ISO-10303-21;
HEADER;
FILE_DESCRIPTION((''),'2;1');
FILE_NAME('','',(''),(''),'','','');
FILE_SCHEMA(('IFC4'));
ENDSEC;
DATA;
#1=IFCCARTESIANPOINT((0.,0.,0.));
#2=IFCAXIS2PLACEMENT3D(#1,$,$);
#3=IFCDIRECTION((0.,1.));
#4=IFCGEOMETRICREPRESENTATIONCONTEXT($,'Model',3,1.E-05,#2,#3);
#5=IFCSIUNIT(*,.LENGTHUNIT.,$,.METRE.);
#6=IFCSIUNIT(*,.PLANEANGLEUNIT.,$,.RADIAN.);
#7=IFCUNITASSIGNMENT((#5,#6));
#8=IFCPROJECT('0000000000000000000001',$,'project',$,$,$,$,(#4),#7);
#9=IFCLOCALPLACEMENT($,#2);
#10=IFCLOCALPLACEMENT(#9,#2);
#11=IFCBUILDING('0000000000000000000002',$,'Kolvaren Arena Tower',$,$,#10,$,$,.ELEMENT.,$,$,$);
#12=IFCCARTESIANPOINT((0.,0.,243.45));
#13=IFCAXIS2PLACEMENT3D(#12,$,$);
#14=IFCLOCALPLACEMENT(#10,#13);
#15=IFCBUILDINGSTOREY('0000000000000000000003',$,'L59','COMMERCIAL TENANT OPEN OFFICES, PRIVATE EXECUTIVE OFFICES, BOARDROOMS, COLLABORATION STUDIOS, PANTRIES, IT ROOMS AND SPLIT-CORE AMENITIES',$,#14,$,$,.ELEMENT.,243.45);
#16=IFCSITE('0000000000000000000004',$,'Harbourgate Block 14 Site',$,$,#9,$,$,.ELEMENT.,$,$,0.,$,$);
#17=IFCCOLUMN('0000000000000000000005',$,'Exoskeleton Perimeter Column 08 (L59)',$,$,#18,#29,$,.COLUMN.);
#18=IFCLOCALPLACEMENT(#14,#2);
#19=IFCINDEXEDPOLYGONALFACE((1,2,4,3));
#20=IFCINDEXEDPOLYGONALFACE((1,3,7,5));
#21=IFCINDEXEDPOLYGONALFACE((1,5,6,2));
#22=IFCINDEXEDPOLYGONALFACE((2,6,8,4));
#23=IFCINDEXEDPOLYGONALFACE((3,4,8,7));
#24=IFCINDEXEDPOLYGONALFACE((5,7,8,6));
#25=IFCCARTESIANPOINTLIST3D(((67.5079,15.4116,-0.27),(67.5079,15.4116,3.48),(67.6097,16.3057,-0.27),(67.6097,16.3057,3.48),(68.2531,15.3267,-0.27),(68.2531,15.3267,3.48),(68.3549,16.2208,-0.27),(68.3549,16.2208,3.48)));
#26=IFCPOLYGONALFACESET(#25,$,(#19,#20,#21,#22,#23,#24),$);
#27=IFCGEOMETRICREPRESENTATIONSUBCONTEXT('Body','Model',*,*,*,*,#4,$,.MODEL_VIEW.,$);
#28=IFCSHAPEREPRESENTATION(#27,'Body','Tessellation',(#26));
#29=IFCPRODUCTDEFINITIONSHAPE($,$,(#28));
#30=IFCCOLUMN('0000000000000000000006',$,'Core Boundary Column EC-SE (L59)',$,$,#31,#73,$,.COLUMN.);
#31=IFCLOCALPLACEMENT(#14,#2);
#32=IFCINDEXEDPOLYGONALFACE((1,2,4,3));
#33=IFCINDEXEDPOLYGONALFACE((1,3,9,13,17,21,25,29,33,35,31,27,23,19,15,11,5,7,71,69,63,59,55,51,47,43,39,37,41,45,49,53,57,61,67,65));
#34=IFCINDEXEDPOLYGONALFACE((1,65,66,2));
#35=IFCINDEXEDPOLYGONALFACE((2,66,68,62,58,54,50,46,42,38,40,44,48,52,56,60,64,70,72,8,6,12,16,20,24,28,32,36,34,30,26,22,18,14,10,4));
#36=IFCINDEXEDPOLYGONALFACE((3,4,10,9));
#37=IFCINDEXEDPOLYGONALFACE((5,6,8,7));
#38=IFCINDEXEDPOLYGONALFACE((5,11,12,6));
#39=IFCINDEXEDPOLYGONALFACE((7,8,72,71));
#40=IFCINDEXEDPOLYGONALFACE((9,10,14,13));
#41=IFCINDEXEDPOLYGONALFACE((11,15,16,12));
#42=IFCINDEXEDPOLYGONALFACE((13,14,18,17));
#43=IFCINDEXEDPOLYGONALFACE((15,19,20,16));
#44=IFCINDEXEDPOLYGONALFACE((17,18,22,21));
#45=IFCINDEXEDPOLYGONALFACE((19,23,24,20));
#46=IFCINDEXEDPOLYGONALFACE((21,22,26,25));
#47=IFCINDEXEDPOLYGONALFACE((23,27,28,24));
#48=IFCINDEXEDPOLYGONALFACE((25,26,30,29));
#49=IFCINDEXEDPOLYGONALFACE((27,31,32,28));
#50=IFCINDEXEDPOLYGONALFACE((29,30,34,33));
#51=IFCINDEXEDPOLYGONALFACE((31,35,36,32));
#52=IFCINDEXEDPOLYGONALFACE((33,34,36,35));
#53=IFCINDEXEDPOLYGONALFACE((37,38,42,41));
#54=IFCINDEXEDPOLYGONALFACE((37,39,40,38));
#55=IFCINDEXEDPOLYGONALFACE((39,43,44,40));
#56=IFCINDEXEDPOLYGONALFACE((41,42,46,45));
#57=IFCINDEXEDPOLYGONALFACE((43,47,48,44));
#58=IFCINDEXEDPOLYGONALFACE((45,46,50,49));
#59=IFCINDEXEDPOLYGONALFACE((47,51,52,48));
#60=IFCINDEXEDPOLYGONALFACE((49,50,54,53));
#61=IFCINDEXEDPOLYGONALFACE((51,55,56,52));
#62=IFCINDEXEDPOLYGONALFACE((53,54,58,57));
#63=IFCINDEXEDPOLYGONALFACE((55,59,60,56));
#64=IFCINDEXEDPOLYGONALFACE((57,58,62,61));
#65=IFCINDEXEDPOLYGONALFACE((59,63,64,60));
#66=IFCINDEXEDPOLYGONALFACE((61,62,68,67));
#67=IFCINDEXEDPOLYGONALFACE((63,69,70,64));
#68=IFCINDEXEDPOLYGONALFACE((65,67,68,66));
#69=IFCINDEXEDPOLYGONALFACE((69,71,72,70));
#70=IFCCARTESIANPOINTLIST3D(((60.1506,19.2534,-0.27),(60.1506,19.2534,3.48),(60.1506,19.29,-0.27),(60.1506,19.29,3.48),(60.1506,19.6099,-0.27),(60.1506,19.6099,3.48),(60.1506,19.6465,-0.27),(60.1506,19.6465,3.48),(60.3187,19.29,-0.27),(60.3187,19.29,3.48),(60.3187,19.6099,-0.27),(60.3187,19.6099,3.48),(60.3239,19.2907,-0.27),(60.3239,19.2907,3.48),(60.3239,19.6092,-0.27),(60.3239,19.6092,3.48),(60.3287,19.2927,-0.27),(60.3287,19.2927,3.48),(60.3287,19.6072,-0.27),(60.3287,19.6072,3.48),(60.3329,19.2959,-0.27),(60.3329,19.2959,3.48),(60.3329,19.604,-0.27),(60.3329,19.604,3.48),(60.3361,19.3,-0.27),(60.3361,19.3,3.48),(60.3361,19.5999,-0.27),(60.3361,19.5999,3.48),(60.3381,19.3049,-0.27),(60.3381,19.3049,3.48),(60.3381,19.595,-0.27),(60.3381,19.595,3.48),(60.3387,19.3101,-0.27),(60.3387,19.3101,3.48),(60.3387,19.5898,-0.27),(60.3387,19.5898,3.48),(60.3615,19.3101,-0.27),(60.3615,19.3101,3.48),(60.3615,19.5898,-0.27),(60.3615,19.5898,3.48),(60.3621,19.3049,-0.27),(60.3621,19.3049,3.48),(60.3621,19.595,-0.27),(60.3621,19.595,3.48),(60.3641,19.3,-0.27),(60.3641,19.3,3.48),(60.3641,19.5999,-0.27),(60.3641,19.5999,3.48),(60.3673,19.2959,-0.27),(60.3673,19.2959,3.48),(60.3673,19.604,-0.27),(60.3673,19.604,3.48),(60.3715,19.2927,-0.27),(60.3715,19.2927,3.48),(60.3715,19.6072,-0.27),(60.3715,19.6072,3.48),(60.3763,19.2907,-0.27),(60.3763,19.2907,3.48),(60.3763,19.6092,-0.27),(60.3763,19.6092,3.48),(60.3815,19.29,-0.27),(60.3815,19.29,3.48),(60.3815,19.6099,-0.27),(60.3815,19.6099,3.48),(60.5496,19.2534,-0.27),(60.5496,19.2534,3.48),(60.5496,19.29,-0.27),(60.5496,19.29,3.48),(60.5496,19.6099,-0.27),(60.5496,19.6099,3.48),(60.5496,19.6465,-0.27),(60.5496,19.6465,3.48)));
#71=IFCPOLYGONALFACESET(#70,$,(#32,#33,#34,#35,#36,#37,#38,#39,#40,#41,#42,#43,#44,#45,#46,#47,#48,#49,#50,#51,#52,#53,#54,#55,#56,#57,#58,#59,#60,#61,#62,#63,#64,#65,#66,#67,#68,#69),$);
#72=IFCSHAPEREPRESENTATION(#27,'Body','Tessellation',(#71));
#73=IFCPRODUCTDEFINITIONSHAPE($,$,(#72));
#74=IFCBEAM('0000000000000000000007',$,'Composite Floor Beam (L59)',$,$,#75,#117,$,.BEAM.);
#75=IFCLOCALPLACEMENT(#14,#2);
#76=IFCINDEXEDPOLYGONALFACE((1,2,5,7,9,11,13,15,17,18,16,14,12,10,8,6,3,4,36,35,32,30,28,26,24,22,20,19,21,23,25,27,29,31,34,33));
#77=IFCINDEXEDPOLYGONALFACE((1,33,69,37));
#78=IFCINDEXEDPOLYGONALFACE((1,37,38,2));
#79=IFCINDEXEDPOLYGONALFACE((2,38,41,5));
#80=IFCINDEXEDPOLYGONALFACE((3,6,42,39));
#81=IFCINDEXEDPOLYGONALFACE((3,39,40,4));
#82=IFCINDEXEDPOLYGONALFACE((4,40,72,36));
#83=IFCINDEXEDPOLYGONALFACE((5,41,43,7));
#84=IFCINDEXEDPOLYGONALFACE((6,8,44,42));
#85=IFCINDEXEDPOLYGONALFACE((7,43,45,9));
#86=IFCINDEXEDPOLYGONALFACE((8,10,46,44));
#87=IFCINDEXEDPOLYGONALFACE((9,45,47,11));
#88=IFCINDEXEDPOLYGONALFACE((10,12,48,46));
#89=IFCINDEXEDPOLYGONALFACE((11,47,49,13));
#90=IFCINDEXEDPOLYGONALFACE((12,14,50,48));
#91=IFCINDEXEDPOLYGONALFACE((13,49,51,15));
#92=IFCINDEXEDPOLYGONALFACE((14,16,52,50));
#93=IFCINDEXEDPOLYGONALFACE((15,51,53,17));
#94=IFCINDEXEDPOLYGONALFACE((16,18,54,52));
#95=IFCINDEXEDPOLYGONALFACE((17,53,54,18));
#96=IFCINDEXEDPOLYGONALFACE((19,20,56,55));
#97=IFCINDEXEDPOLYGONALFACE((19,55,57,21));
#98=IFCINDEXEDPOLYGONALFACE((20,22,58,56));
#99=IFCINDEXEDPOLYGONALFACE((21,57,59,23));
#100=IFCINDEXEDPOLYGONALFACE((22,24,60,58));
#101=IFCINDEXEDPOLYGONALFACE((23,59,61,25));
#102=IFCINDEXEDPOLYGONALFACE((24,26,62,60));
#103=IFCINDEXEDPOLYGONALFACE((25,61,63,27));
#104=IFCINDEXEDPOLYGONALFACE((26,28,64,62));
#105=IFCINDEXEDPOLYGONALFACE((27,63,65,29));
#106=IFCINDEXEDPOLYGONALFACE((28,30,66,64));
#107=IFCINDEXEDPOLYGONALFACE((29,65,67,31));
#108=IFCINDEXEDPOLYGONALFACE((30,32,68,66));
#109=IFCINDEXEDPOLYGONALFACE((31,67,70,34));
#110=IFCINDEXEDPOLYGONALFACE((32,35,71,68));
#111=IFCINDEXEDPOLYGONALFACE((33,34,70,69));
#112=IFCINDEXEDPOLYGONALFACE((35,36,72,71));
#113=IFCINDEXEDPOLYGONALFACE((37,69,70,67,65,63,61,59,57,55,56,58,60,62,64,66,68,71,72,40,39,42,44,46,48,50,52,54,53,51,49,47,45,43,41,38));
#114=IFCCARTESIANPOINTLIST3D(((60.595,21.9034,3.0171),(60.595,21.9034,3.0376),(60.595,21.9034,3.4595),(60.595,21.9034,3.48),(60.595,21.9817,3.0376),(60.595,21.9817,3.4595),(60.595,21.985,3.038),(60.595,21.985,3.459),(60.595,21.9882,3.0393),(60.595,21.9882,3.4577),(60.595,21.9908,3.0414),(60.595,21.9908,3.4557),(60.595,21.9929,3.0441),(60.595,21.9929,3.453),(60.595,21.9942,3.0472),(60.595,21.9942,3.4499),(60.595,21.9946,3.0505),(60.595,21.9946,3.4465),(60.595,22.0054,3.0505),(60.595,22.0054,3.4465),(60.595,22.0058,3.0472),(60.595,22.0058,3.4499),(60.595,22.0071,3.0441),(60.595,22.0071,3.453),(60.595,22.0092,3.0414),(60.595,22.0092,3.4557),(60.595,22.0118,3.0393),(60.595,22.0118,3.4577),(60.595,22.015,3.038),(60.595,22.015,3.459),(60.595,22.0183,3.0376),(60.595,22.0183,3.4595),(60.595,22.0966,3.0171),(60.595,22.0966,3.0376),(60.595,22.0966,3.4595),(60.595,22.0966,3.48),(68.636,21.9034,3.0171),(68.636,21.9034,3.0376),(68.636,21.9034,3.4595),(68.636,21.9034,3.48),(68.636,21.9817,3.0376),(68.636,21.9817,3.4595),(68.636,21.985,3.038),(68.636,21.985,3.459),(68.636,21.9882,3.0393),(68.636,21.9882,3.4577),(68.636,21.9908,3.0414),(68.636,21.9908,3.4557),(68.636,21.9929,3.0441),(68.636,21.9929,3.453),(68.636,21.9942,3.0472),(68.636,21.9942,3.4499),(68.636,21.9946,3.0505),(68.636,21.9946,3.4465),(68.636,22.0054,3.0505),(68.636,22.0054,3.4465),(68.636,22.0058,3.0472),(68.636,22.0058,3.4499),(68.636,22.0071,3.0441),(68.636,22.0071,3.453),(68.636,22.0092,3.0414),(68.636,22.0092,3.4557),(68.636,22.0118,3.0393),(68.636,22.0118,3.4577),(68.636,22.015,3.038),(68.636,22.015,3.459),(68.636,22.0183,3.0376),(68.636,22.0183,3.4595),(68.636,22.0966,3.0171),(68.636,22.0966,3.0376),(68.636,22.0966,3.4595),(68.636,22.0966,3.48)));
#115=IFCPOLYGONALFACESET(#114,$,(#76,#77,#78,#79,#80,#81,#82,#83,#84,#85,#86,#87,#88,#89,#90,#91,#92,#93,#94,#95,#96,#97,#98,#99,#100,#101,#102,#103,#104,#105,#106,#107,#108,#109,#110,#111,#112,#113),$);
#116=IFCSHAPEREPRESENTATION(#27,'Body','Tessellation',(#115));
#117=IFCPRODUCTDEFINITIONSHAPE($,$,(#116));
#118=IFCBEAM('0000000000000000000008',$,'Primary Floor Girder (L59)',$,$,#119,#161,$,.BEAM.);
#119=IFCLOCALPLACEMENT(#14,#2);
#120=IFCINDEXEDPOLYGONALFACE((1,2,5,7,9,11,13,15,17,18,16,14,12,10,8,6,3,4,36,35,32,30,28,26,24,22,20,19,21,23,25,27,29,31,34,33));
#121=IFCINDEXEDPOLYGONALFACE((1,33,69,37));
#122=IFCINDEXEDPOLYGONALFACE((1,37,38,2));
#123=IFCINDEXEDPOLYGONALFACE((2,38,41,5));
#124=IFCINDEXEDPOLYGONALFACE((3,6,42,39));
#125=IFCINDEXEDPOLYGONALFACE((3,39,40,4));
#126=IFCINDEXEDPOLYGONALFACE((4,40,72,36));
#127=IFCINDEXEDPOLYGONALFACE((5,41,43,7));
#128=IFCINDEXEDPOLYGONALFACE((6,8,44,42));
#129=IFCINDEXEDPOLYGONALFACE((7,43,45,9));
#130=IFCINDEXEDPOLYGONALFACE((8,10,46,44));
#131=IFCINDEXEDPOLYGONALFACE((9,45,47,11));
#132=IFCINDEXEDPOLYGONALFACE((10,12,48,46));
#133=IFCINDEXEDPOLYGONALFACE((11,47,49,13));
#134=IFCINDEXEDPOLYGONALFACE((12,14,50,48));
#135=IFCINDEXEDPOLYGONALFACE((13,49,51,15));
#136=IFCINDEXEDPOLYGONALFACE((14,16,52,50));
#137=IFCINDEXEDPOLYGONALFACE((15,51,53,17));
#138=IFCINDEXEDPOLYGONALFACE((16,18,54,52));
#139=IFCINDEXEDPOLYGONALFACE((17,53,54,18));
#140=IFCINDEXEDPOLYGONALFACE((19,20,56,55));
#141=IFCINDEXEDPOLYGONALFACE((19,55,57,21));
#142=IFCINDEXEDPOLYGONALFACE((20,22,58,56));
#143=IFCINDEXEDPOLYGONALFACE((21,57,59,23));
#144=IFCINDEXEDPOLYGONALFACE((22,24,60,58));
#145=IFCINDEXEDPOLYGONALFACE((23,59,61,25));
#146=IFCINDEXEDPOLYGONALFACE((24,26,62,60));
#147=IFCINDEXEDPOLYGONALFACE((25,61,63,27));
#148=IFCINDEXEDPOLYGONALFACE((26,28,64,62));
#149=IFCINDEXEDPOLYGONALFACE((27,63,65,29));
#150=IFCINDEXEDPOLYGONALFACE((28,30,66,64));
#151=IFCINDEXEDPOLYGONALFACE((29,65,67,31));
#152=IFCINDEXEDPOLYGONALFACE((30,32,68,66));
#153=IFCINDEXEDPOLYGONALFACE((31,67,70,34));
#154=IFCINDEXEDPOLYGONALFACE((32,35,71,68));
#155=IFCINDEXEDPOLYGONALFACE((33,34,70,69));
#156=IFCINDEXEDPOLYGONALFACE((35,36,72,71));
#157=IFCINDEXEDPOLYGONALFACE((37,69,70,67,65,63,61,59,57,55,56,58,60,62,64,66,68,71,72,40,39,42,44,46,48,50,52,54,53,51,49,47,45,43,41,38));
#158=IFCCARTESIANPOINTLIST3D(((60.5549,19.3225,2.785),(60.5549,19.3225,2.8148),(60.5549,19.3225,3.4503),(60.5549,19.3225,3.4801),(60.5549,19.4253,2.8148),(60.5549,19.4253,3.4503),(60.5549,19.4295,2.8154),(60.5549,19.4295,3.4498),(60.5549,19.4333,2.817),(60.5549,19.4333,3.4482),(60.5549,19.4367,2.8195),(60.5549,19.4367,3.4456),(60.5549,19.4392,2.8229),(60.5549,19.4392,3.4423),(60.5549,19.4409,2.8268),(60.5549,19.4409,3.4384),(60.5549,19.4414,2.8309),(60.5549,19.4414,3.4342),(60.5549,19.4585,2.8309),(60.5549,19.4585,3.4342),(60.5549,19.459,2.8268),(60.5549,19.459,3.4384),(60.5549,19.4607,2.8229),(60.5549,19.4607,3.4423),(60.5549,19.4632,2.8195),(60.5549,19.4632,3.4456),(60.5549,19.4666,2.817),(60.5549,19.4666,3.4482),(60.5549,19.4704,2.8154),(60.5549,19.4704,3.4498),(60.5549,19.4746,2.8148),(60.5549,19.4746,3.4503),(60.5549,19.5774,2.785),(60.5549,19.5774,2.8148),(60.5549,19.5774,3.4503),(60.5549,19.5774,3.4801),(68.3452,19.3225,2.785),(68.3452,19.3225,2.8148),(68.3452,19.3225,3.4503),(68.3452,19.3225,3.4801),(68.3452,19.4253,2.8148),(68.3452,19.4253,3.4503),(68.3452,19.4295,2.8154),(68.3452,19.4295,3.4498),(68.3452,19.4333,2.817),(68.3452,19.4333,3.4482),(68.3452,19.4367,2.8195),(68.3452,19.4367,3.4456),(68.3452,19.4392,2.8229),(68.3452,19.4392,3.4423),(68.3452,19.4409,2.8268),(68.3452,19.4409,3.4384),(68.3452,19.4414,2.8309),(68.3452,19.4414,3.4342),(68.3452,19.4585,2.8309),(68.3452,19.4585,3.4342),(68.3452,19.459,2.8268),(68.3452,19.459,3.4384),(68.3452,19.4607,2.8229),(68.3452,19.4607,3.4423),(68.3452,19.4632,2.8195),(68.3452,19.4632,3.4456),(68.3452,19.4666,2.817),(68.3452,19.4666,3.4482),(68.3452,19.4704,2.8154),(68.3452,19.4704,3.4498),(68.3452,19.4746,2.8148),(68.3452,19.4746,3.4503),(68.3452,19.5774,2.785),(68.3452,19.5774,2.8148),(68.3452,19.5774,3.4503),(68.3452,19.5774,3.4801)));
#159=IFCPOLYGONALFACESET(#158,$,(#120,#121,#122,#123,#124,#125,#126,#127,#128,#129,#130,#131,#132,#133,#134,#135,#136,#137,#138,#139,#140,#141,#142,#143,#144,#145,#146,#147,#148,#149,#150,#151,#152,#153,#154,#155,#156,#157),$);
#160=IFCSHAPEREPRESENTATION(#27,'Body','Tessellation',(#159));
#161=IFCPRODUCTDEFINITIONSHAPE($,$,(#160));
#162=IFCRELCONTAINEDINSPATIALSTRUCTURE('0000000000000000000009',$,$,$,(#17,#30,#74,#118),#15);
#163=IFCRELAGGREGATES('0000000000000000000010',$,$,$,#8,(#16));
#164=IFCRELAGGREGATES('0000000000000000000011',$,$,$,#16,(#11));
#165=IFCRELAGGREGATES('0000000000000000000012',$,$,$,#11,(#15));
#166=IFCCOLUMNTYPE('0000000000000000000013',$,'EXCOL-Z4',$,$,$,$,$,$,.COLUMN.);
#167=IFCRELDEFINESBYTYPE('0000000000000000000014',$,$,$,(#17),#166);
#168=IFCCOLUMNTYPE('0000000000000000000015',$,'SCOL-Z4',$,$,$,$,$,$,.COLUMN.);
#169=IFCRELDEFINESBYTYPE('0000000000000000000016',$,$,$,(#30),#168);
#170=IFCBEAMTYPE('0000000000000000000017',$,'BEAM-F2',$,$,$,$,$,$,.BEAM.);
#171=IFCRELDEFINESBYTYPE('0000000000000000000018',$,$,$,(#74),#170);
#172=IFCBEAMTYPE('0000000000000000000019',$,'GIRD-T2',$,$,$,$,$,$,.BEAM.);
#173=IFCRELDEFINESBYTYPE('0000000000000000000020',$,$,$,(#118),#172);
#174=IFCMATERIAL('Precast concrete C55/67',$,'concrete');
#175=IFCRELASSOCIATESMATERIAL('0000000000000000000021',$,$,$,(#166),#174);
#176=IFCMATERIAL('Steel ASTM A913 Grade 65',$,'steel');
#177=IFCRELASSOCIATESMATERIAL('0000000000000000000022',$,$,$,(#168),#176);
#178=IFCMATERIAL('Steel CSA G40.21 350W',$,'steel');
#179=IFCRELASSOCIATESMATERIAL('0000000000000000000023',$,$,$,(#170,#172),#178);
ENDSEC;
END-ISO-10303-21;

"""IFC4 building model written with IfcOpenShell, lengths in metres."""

from ifc_helpers import new_model, si_unit, direction, frame, origin, origin_2d, place, context, subcontext, project, spatial, rectangle, i_section, extrude, material, material_profile, profile_set, type_object, element, save


model = new_model("IFC4")

# Units and contexts
model_context = context("Model", 3, precision=1e-05, world=origin(), true_north=direction((0.0, 1.0)))
body_context = subcontext(model_context, "Body", "Model", "MODEL_VIEW")
ifc_project = project(units=[si_unit("LENGTHUNIT", "METRE"), si_unit("PLANEANGLEUNIT", "RADIAN")], contexts=[model_context])

# Site, building, storey
site_placement = place(None, origin())
site = spatial("IfcSite", under=ifc_project, at=site_placement, Name="Harbourgate Block 14 Site", CompositionType="ELEMENT", RefElevation=0.0)
building_placement = place(site_placement, origin())
building = spatial("IfcBuilding", under=site, at=building_placement, Name="Kolvaren Arena Tower", CompositionType="ELEMENT")
storey_placement = place(building_placement, frame((0.0, 0.0, 243.45)))
storey = spatial("IfcBuildingStorey", under=building, at=storey_placement, Name="L59", Description="COMMERCIAL TENANT OPEN OFFICES, PRIVATE EXECUTIVE OFFICES, BOARDROOMS, COLLABORATION STUDIOS, PANTRIES, IT ROOMS AND SPLIT-CORE AMENITIES", CompositionType="ELEMENT", Elevation=243.45)

# Columns
ifc_material_1 = material(Name="Precast concrete C55/67", Category="concrete")
ifc_material_profile_1 = material_profile(ifc_material_1, rectangle(XDim=0.8999, YDim=0.75, at=origin_2d()), Name="RC-900x750")
ifc_profile_set_1 = profile_set([ifc_material_profile_1], Name="Precast concrete C55/67")
column_type_1 = type_object("IfcColumnType", Name="EXCOL-Z4", PredefinedType="COLUMN", material=ifc_profile_set_1)
column_1_placement = place(storey_placement, frame((67.9314, 15.8162, -0.27), z_axis=(0.0, 0.0, 1.0), x_axis=(0.113203, 0.993572, 0.0)))
element("IfcColumn", 1, at=column_1_placement, inside=storey, type_object=column_type_1, Name="Exoskeleton Perimeter Column 08 (L59)", PredefinedType="COLUMN", context=body_context, shape_type="SweptSolid", body=[
    extrude(rectangle(XDim=0.8999, YDim=0.75, at=origin_2d()), origin(), (0.0, 0.0, 1.0), 3.75),
])
ifc_material_2 = material(Name="Steel ASTM A913 Grade 65", Category="steel")
ifc_material_profile_2 = material_profile(ifc_material_2, i_section(OverallWidth=0.3989, OverallDepth=0.3931, WebThickness=0.0227, FlangeThickness=0.0366, FilletRadius=0.02, at=origin_2d()), Name="W360x287")
ifc_profile_set_2 = profile_set([ifc_material_profile_2], Name="Steel ASTM A913 Grade 65")
column_type_2 = type_object("IfcColumnType", Name="SCOL-Z4", PredefinedType="COLUMN", material=ifc_profile_set_2)
column_2_placement = place(storey_placement, frame((60.3501, 19.45, -0.27), z_axis=(0.0, 0.0, 1.0), x_axis=(1.0, 0.0, 0.0)))
element("IfcColumn", 2, at=column_2_placement, inside=storey, type_object=column_type_2, Name="Core Boundary Column EC-SE (L59)", PredefinedType="COLUMN", context=body_context, shape_type="SweptSolid", body=[
    extrude(i_section(OverallWidth=0.3989, OverallDepth=0.3931, WebThickness=0.0227, FlangeThickness=0.0366, FilletRadius=0.02, at=origin_2d()), origin(), (0.0, 0.0, 1.0), 3.75),
])

# Beams
ifc_material_3 = material(Name="Steel CSA G40.21 350W", Category="steel")
ifc_material_profile_3 = material_profile(ifc_material_3, i_section(OverallWidth=0.1931, OverallDepth=0.4629, WebThickness=0.0107, FlangeThickness=0.0205, FilletRadius=0.0129, at=origin_2d()), Name="W460x113")
ifc_profile_set_3 = profile_set([ifc_material_profile_3], Name="Steel CSA G40.21 350W")
beam_type_1 = type_object("IfcBeamType", Name="BEAM-F2", PredefinedType="BEAM", material=ifc_profile_set_3)
beam_1_placement = place(storey_placement, frame((60.595, 22.0, 3.2485), z_axis=(1.0, 0.0, 0.0), x_axis=(0.0, 1.0, 0.0)))
element("IfcBeam", 3, at=beam_1_placement, inside=storey, type_object=beam_type_1, Name="Composite Floor Beam (L59)", PredefinedType="BEAM", context=body_context, shape_type="SweptSolid", body=[
    extrude(i_section(OverallWidth=0.1931, OverallDepth=0.4629, WebThickness=0.0107, FlangeThickness=0.0205, FilletRadius=0.0129, at=origin_2d()), origin(), (0.0, 0.0, 1.0), 8.041),
])
ifc_material_profile_4 = material_profile(ifc_material_3, i_section(OverallWidth=0.2549, OverallDepth=0.6951, WebThickness=0.0171, FlangeThickness=0.0298, FilletRadius=0.0161, at=origin_2d()), Name="W690x217")
ifc_profile_set_4 = profile_set([ifc_material_profile_4], Name="Steel CSA G40.21 350W")
beam_type_2 = type_object("IfcBeamType", Name="GIRD-T2", PredefinedType="BEAM", material=ifc_profile_set_4)
beam_2_placement = place(storey_placement, frame((60.5549, 19.45, 3.1326), z_axis=(1.0, 0.0, 0.0), x_axis=(0.0, 1.0, 0.0)))
element("IfcBeam", 4, at=beam_2_placement, inside=storey, type_object=beam_type_2, Name="Primary Floor Girder (L59)", PredefinedType="BEAM", context=body_context, shape_type="SweptSolid", body=[
    extrude(i_section(OverallWidth=0.2549, OverallDepth=0.6951, WebThickness=0.0171, FlangeThickness=0.0298, FilletRadius=0.0161, at=origin_2d()), origin(), (0.0, 0.0, 1.0), 7.7903),
])

save(model, "model.ifc")
